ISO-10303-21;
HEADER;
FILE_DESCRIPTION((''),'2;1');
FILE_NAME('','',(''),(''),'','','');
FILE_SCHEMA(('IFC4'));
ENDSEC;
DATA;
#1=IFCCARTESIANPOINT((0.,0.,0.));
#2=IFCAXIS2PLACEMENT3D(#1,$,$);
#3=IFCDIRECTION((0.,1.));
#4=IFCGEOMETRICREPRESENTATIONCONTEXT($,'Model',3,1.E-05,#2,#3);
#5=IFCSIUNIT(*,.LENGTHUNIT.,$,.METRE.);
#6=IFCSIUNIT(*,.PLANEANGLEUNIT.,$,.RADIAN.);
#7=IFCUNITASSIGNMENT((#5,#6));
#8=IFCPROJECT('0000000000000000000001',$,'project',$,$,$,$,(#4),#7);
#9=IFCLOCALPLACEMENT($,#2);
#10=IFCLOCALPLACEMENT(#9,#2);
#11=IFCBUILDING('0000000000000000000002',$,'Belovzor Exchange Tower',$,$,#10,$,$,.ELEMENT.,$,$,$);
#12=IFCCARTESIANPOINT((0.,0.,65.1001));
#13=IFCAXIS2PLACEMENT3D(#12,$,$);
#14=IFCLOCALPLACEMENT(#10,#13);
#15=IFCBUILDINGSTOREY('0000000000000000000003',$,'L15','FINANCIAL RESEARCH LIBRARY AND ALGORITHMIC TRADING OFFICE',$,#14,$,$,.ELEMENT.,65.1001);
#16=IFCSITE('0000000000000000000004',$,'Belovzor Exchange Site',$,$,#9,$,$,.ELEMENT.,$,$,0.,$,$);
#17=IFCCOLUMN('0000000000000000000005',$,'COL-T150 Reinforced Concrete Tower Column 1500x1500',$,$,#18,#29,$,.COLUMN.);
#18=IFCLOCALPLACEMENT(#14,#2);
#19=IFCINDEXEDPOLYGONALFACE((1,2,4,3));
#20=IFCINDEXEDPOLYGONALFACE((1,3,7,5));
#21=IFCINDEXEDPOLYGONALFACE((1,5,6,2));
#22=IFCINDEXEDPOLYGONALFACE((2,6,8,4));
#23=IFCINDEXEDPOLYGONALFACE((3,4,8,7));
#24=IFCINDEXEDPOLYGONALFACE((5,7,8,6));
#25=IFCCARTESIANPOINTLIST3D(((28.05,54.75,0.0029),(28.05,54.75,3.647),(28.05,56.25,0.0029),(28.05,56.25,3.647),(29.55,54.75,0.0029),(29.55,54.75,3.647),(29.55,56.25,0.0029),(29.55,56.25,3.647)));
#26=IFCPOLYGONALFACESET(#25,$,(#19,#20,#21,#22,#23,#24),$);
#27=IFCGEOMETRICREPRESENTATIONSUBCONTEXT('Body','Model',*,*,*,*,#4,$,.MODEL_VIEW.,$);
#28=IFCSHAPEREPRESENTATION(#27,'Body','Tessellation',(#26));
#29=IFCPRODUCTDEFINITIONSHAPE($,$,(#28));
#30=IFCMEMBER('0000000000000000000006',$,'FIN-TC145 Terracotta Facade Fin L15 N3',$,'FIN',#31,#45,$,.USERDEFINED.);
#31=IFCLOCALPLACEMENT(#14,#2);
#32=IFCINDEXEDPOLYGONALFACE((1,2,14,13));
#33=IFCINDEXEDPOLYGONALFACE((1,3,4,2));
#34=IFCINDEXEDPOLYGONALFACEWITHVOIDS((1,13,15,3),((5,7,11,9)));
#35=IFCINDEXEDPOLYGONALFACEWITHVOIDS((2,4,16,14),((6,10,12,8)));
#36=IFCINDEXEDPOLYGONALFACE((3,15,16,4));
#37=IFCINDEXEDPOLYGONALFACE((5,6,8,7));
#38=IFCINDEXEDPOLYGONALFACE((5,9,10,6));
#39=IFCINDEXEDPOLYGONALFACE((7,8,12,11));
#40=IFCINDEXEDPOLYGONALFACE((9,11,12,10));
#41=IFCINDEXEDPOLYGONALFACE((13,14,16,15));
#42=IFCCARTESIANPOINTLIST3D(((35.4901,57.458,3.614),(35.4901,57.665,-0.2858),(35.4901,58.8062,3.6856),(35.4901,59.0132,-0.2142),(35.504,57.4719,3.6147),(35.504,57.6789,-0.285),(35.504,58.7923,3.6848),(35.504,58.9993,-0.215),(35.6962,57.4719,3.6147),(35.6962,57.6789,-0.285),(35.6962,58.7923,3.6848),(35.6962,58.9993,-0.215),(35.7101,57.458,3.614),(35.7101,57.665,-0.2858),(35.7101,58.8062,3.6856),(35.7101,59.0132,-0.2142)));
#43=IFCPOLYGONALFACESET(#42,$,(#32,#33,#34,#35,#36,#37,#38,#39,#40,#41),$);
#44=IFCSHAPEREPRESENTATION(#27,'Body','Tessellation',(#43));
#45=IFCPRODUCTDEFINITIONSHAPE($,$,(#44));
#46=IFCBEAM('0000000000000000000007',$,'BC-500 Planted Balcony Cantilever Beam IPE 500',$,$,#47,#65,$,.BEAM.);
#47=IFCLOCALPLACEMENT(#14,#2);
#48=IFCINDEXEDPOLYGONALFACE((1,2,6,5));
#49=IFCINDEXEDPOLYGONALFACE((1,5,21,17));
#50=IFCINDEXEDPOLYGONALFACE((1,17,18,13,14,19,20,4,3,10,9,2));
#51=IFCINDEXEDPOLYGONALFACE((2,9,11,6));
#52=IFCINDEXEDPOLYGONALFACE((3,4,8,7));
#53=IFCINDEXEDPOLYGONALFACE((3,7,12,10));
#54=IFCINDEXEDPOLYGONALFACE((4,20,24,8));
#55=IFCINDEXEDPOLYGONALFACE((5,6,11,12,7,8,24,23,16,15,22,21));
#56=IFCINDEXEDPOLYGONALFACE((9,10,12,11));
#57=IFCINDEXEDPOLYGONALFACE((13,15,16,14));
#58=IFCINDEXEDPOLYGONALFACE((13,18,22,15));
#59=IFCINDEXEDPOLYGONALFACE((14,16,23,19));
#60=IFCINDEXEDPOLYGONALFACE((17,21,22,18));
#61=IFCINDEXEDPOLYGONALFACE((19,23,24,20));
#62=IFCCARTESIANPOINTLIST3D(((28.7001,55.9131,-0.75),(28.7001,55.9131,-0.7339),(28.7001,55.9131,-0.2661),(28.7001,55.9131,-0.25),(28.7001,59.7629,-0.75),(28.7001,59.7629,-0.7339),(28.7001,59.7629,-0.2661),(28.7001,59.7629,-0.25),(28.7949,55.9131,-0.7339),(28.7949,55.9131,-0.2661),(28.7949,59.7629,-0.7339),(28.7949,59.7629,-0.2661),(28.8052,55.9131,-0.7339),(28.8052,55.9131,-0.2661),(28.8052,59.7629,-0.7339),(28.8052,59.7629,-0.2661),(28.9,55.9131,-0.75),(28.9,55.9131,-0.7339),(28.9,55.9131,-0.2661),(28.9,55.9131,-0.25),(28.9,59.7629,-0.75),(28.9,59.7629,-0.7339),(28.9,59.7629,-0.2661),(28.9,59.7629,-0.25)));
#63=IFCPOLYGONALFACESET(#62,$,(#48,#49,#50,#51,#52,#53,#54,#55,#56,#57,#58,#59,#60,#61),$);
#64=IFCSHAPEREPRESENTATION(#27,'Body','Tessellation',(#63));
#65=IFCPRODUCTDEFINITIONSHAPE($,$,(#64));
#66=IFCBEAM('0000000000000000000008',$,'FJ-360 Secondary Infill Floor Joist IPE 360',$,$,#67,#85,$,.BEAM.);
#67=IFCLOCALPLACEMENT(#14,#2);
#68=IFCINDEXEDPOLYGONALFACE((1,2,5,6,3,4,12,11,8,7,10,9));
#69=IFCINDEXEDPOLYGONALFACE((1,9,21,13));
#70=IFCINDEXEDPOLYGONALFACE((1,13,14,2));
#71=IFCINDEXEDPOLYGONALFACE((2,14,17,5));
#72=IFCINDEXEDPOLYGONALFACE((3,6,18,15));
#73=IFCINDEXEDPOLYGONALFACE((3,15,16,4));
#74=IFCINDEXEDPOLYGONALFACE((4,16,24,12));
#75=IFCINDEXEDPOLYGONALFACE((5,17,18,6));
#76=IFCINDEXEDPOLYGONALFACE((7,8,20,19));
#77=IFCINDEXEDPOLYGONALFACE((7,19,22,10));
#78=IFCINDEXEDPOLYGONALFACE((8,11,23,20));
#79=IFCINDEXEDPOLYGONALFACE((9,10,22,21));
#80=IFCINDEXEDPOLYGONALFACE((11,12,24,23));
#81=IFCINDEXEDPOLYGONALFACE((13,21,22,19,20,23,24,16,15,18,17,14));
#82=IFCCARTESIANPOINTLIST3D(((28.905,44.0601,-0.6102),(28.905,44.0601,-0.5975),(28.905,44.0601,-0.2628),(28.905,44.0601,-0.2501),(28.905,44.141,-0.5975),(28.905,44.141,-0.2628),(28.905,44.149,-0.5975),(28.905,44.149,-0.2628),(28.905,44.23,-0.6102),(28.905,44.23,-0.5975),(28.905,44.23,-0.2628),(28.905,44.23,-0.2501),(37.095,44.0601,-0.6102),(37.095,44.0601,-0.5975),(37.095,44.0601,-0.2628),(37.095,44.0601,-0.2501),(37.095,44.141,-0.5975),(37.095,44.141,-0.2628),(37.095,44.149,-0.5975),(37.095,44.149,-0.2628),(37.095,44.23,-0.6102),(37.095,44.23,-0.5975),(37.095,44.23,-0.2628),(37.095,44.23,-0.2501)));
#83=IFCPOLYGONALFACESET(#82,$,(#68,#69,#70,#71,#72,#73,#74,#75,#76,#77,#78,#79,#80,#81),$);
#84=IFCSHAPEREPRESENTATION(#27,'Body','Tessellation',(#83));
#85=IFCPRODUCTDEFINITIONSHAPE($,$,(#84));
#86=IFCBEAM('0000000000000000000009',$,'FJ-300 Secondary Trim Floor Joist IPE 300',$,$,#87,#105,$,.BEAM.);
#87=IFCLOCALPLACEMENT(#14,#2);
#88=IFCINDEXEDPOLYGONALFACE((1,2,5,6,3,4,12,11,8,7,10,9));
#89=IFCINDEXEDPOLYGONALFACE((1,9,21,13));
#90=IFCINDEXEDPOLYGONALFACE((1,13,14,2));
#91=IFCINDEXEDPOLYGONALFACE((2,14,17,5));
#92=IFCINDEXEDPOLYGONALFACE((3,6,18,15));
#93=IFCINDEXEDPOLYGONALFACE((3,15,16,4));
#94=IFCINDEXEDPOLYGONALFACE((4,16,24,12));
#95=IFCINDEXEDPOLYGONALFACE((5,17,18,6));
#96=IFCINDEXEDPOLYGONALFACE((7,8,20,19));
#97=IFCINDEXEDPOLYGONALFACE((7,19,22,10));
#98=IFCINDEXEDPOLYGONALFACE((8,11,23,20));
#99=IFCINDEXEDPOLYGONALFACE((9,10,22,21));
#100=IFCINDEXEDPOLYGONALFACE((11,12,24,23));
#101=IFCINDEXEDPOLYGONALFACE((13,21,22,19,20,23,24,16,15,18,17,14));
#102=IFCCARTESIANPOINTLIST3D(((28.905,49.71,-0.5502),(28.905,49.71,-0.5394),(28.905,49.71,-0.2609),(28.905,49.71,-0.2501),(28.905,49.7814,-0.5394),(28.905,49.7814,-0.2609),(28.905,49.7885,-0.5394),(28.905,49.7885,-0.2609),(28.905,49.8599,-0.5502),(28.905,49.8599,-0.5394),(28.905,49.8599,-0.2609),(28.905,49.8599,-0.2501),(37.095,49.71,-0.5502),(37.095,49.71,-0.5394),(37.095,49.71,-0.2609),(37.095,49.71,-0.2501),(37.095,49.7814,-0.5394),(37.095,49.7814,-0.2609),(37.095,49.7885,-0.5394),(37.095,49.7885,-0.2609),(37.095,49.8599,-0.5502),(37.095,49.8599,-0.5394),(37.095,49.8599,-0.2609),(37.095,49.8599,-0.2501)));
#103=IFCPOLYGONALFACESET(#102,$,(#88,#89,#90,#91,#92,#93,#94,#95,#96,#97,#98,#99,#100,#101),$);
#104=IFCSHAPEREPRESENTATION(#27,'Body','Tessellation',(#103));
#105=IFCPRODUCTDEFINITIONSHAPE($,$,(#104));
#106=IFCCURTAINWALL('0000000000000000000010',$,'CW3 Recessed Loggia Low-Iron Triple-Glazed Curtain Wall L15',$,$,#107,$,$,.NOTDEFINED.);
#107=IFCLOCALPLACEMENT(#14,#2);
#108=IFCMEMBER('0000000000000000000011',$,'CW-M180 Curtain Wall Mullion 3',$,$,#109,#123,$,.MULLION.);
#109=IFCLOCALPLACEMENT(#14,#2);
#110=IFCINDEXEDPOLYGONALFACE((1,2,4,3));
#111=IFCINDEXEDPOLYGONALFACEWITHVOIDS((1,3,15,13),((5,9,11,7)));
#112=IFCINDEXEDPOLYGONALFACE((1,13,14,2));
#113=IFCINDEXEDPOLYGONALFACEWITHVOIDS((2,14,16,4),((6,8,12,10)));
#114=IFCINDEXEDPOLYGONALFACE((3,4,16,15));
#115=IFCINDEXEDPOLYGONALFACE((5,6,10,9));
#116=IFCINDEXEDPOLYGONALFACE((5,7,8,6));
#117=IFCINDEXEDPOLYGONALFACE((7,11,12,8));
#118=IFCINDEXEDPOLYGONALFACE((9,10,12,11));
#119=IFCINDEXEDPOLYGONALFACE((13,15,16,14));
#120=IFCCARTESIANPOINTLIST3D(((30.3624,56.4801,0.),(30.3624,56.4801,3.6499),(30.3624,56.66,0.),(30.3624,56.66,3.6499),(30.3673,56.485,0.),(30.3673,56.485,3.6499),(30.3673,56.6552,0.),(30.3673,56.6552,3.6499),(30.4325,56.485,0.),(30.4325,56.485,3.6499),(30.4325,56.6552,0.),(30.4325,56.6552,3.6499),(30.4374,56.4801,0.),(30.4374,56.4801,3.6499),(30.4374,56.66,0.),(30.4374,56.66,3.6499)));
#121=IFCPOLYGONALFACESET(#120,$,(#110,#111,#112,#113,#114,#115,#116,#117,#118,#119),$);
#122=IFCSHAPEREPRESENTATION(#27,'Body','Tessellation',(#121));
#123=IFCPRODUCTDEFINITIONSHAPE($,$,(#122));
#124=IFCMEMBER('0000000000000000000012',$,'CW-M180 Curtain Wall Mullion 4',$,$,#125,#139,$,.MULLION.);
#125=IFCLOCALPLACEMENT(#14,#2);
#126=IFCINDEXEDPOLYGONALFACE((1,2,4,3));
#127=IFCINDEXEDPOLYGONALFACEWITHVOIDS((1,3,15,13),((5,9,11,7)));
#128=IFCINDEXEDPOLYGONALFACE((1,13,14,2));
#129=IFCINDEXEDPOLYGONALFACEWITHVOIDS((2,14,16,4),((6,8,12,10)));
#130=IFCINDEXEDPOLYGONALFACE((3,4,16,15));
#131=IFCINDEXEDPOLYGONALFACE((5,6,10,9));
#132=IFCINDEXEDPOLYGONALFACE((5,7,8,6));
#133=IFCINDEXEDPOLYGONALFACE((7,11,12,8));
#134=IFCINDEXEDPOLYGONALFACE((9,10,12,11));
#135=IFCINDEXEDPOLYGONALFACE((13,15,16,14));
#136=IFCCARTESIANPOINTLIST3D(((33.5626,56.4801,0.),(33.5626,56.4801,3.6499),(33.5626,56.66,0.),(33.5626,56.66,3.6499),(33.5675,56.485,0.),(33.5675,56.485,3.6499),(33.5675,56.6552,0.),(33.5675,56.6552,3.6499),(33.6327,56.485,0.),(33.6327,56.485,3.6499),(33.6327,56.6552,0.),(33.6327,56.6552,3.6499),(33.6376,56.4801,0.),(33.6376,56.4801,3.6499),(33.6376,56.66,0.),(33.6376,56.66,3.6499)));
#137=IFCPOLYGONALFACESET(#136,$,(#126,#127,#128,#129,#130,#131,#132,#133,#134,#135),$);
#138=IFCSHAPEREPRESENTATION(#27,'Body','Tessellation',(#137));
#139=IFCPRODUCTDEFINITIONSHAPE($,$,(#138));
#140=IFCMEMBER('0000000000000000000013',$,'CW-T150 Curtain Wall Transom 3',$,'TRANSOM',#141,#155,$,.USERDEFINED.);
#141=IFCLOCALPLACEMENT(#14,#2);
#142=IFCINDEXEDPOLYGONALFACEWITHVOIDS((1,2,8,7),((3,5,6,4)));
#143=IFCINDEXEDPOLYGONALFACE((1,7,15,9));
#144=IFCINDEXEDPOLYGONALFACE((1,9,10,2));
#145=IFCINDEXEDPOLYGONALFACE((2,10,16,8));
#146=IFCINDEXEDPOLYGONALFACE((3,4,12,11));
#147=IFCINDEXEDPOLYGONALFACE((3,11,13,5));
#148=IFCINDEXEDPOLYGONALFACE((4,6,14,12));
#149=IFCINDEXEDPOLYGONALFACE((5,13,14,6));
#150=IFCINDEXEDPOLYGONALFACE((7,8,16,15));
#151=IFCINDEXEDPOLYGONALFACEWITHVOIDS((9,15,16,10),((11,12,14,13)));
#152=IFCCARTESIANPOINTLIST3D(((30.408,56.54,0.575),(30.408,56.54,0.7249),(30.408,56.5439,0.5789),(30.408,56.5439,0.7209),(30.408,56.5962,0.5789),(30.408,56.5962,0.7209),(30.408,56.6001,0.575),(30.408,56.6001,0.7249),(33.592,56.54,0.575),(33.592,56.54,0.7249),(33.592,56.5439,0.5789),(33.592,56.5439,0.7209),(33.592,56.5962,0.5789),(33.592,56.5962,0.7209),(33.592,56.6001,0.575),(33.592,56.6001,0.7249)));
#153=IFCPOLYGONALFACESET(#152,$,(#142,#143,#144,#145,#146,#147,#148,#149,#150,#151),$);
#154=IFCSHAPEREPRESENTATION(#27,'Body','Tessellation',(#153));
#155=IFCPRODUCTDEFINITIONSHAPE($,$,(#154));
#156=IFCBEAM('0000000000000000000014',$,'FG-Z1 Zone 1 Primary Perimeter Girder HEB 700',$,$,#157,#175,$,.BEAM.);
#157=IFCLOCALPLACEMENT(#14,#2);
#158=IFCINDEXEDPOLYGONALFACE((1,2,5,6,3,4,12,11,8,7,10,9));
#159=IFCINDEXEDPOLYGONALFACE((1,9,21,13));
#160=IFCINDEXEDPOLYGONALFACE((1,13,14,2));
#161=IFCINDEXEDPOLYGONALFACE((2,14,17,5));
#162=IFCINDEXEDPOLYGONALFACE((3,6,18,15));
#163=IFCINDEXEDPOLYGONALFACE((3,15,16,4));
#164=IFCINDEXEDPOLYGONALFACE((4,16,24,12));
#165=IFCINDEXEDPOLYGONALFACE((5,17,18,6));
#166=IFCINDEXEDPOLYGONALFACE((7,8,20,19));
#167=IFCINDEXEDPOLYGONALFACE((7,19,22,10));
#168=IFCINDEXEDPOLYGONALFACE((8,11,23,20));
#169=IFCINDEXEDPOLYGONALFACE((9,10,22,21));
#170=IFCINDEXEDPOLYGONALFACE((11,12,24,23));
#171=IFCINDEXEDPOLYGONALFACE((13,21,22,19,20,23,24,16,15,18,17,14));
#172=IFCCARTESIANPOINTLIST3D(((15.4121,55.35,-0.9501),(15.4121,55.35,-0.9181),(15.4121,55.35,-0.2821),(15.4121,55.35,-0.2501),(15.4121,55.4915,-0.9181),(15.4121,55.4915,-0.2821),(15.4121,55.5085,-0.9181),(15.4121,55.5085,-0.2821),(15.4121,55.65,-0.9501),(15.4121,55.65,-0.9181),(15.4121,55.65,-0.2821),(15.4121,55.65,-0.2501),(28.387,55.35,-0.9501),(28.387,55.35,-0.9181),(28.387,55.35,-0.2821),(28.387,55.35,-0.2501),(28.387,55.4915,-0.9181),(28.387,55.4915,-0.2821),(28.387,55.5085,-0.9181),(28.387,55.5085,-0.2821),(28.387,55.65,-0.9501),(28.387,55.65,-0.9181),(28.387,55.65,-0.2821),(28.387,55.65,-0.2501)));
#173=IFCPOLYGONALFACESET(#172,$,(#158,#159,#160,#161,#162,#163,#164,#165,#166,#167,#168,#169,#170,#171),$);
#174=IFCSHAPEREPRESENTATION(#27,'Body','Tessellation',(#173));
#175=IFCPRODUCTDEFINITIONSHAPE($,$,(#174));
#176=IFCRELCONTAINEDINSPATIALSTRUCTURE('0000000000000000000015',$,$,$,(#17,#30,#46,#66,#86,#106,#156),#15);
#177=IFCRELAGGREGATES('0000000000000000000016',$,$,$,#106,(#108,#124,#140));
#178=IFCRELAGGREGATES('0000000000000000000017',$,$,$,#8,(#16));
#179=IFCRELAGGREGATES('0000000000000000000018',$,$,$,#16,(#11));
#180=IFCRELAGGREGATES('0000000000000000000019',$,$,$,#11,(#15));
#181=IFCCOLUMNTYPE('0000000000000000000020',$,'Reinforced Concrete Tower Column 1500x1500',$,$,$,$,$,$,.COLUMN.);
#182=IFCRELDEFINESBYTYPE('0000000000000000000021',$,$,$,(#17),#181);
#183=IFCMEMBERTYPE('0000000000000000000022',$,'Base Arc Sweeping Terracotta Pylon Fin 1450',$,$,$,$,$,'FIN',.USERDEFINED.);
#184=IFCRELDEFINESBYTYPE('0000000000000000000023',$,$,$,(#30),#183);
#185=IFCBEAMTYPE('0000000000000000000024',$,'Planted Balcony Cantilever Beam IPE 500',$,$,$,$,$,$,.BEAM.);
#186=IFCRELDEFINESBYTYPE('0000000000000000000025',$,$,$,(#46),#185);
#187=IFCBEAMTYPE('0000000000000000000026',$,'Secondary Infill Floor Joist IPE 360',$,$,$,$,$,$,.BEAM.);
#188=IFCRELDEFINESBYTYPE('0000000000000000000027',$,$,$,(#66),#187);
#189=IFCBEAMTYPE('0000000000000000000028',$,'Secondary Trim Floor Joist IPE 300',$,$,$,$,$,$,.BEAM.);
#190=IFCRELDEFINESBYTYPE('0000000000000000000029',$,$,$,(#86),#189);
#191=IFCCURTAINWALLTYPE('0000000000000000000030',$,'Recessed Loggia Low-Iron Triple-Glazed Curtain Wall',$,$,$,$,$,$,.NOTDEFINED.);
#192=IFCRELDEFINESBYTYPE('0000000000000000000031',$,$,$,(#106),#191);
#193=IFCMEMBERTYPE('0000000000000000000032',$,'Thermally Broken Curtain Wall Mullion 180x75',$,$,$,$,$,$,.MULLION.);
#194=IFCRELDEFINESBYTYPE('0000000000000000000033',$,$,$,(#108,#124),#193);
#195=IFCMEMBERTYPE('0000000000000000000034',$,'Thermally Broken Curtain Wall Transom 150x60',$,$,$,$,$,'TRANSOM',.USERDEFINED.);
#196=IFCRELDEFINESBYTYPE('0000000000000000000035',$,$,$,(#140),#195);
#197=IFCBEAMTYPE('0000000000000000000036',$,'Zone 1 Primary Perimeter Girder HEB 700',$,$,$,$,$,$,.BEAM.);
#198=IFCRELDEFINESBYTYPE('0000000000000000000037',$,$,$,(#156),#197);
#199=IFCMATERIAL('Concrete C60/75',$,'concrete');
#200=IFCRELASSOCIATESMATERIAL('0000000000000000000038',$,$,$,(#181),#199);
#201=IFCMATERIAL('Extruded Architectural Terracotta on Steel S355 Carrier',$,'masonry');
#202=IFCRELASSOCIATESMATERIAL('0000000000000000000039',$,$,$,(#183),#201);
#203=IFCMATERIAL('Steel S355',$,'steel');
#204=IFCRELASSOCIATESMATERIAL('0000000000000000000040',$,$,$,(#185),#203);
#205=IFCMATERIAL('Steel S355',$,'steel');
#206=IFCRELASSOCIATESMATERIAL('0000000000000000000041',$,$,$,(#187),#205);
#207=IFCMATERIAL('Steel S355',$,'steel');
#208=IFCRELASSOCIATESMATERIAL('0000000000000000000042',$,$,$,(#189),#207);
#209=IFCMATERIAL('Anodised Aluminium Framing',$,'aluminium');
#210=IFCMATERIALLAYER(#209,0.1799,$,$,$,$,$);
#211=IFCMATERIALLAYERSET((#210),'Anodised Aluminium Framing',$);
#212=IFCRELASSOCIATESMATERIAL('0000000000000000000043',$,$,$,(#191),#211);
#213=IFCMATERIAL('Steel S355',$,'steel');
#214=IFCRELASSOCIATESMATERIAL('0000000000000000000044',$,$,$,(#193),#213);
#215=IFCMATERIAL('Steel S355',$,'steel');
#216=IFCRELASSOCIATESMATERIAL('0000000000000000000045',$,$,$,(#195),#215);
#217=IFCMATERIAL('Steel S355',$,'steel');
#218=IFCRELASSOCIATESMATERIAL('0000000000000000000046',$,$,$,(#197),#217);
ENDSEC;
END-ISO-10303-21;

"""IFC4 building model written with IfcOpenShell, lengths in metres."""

from ifc_helpers import new_model, si_unit, direction, frame, origin, origin_2d, place, context, subcontext, project, spatial, rectangle, hollow_rectangle, i_section, extrude, material, layer, layer_set, material_profile, profile_set, type_object, element, aggregate, save


model = new_model("IFC4")

# Units and contexts
model_context = context("Model", 3, precision=1e-05, world=origin(), true_north=direction((0.0, 1.0)))
body_context = subcontext(model_context, "Body", "Model", "MODEL_VIEW")
ifc_project = project(units=[si_unit("LENGTHUNIT", "METRE"), si_unit("PLANEANGLEUNIT", "RADIAN")], contexts=[model_context])

# Site, building, storey
site_placement = place(None, origin())
site = spatial("IfcSite", under=ifc_project, at=site_placement, Name="Belovzor Exchange Site", CompositionType="ELEMENT", RefElevation=0.0)
building_placement = place(site_placement, origin())
building = spatial("IfcBuilding", under=site, at=building_placement, Name="Belovzor Exchange Tower", CompositionType="ELEMENT")
storey_placement = place(building_placement, frame((0.0, 0.0, 65.1001)))
storey = spatial("IfcBuildingStorey", under=building, at=storey_placement, Name="L15", Description="FINANCIAL RESEARCH LIBRARY AND ALGORITHMIC TRADING OFFICE", CompositionType="ELEMENT", Elevation=65.1001)

# Column
ifc_material_1 = material(Name="Concrete C60/75", Category="concrete")
ifc_material_profile_1 = material_profile(ifc_material_1, rectangle(XDim=1.5, YDim=1.5, at=origin_2d()))
ifc_profile_set_1 = profile_set([ifc_material_profile_1], Name="Concrete C60/75")
column_type = type_object("IfcColumnType", Name="Reinforced Concrete Tower Column 1500x1500", PredefinedType="COLUMN", material=ifc_profile_set_1)
column_placement = place(storey_placement, frame((28.8, 55.5, 0.0029), z_axis=(0.0, 0.0, 1.0), x_axis=(1.0, 0.0, 0.0)))
element("IfcColumn", 1, at=column_placement, inside=storey, type_object=column_type, Name="COL-T150 Reinforced Concrete Tower Column 1500x1500", PredefinedType="COLUMN", context=body_context, shape_type="SweptSolid", body=[
    extrude(rectangle(XDim=1.5, YDim=1.5, at=origin_2d()), origin(), (0.0, 0.0, 1.0), 3.644),
])

# Member
ifc_material_2 = material(Name="Extruded Architectural Terracotta on Steel S355 Carrier", Category="masonry")
ifc_material_profile_2 = material_profile(ifc_material_2, hollow_rectangle(XDim=0.22, YDim=1.3501, WallThickness=0.0139, at=origin_2d()))
ifc_profile_set_2 = profile_set([ifc_material_profile_2], Name="Extruded Architectural Terracotta on Steel S355 Carrier")
member_type_1 = type_object("IfcMemberType", Name="Base Arc Sweeping Terracotta Pylon Fin 1450", ElementType="FIN", PredefinedType="USERDEFINED", material=ifc_profile_set_2)
member_1_placement = place(storey_placement, frame((35.6001, 58.3391, -0.25), z_axis=(0.0, -0.053012, 0.998594), x_axis=(1.0, 0.0, 0.0)))
element("IfcMember", 2, at=member_1_placement, inside=storey, type_object=member_type_1, Name="FIN-TC145 Terracotta Facade Fin L15 N3", ObjectType="FIN", PredefinedType="USERDEFINED", context=body_context, shape_type="SweptSolid", body=[
    extrude(hollow_rectangle(XDim=0.22, YDim=1.3501, WallThickness=0.0139, at=origin_2d()), origin(), (0.0, 0.0, 1.0), 3.9053),
])

# Beams
ifc_material_3 = material(Name="Steel S355", Category="steel")
ifc_material_profile_3 = material_profile(ifc_material_3, i_section(OverallWidth=0.2, OverallDepth=0.5, WebThickness=0.0103, FlangeThickness=0.0161, at=origin_2d()))
ifc_profile_set_3 = profile_set([ifc_material_profile_3], Name="Steel S355")
beam_type_1 = type_object("IfcBeamType", Name="Planted Balcony Cantilever Beam IPE 500", PredefinedType="BEAM", material=ifc_profile_set_3)
beam_1_placement = place(storey_placement, frame((28.8, 55.9131, -0.5), z_axis=(0.0, 1.0, 0.0), x_axis=(-1.0, 0.0, 0.0)))
element("IfcBeam", 3, at=beam_1_placement, inside=storey, type_object=beam_type_1, Name="BC-500 Planted Balcony Cantilever Beam IPE 500", PredefinedType="BEAM", context=body_context, shape_type="SweptSolid", body=[
    extrude(i_section(OverallWidth=0.2, OverallDepth=0.5, WebThickness=0.0103, FlangeThickness=0.0161, at=origin_2d()), origin(), (0.0, 0.0, 1.0), 3.8499),
])
ifc_material_4 = material(Name="Steel S355", Category="steel")
ifc_material_profile_4 = material_profile(ifc_material_4, i_section(OverallWidth=0.1699, OverallDepth=0.3601, WebThickness=0.0081, FlangeThickness=0.0127, at=origin_2d()))
ifc_profile_set_4 = profile_set([ifc_material_profile_4], Name="Steel S355")
beam_type_2 = type_object("IfcBeamType", Name="Secondary Infill Floor Joist IPE 360", PredefinedType="BEAM", material=ifc_profile_set_4)
beam_2_placement = place(storey_placement, frame((28.905, 44.145, -0.4302), z_axis=(1.0, 0.0, 0.0), x_axis=(0.0, 1.0, 0.0)))
element("IfcBeam", 4, at=beam_2_placement, inside=storey, type_object=beam_type_2, Name="FJ-360 Secondary Infill Floor Joist IPE 360", PredefinedType="BEAM", context=body_context, shape_type="SweptSolid", body=[
    extrude(i_section(OverallWidth=0.1699, OverallDepth=0.3601, WebThickness=0.0081, FlangeThickness=0.0127, at=origin_2d()), origin(), (0.0, 0.0, 1.0), 8.1899),
])
ifc_material_5 = material(Name="Steel S355", Category="steel")
ifc_material_profile_5 = material_profile(ifc_material_5, i_section(OverallWidth=0.1499, OverallDepth=0.3, WebThickness=0.0071, FlangeThickness=0.0107, at=origin_2d()))
ifc_profile_set_5 = profile_set([ifc_material_profile_5], Name="Steel S355")
beam_type_3 = type_object("IfcBeamType", Name="Secondary Trim Floor Joist IPE 300", PredefinedType="BEAM", material=ifc_profile_set_5)
beam_3_placement = place(storey_placement, frame((28.905, 49.7849, -0.4001), z_axis=(1.0, 0.0, 0.0), x_axis=(0.0, 1.0, 0.0)))
element("IfcBeam", 5, at=beam_3_placement, inside=storey, type_object=beam_type_3, Name="FJ-300 Secondary Trim Floor Joist IPE 300", PredefinedType="BEAM", context=body_context, shape_type="SweptSolid", body=[
    extrude(i_section(OverallWidth=0.1499, OverallDepth=0.3, WebThickness=0.0071, FlangeThickness=0.0107, at=origin_2d()), origin(), (0.0, 0.0, 1.0), 8.1899),
])

# Curtain wall, members
ifc_material_6 = material(Name="Anodised Aluminium Framing", Category="aluminium")
ifc_layer_1 = layer(ifc_material_6, 0.1799)
ifc_layer_set_1 = layer_set([ifc_layer_1], Name="Anodised Aluminium Framing")
curtain_wall_type = type_object("IfcCurtainWallType", Name="Recessed Loggia Low-Iron Triple-Glazed Curtain Wall", PredefinedType="NOTDEFINED", material=ifc_layer_set_1)
curtain_wall_placement = place(storey_placement, origin())
curtain_wall = element("IfcCurtainWall", 6, at=curtain_wall_placement, inside=storey, type_object=curtain_wall_type, Name="CW3 Recessed Loggia Low-Iron Triple-Glazed Curtain Wall L15", PredefinedType="NOTDEFINED")
ifc_material_7 = material(Name="Steel S355", Category="steel")
ifc_material_profile_6 = material_profile(ifc_material_7, hollow_rectangle(XDim=0.075, YDim=0.1799, WallThickness=0.0049, at=origin_2d()))
ifc_profile_set_6 = profile_set([ifc_material_profile_6], Name="Steel S355")
member_type_2 = type_object("IfcMemberType", Name="Thermally Broken Curtain Wall Mullion 180x75", PredefinedType="MULLION", material=ifc_profile_set_6)
member_2_placement = place(storey_placement, frame((30.3999, 56.5701, 0.0), z_axis=(0.0, 0.0, 1.0), x_axis=(1.0, 0.0, 0.0)))
member_2 = element("IfcMember", 7, at=member_2_placement, type_object=member_type_2, Name="CW-M180 Curtain Wall Mullion 3", PredefinedType="MULLION", context=body_context, shape_type="SweptSolid", body=[
    extrude(hollow_rectangle(XDim=0.075, YDim=0.1799, WallThickness=0.0049, at=origin_2d()), origin(), (0.0, 0.0, 1.0), 3.6499),
])
member_3_placement = place(storey_placement, frame((33.6001, 56.5701, 0.0), z_axis=(0.0, 0.0, 1.0), x_axis=(1.0, 0.0, 0.0)))
member_3 = element("IfcMember", 8, at=member_3_placement, type_object=member_type_2, Name="CW-M180 Curtain Wall Mullion 4", PredefinedType="MULLION", context=body_context, shape_type="SweptSolid", body=[
    extrude(hollow_rectangle(XDim=0.075, YDim=0.1799, WallThickness=0.0049, at=origin_2d()), origin(), (0.0, 0.0, 1.0), 3.6499),
])
ifc_material_8 = material(Name="Steel S355", Category="steel")
ifc_material_profile_7 = material_profile(ifc_material_8, hollow_rectangle(XDim=0.0601, YDim=0.1499, WallThickness=0.0039, at=origin_2d()))
ifc_profile_set_7 = profile_set([ifc_material_profile_7], Name="Steel S355")
member_type_3 = type_object("IfcMemberType", Name="Thermally Broken Curtain Wall Transom 150x60", ElementType="TRANSOM", PredefinedType="USERDEFINED", material=ifc_profile_set_7)
member_4_placement = place(storey_placement, frame((30.408, 56.5701, 0.6499), z_axis=(1.0, 0.0, 0.0), x_axis=(0.0, 1.0, 0.0)))
member_4 = element("IfcMember", 9, at=member_4_placement, type_object=member_type_3, Name="CW-T150 Curtain Wall Transom 3", ObjectType="TRANSOM", PredefinedType="USERDEFINED", context=body_context, shape_type="SweptSolid", body=[
    extrude(hollow_rectangle(XDim=0.0601, YDim=0.1499, WallThickness=0.0039, at=origin_2d()), origin(), (0.0, 0.0, 1.0), 3.1841),
])

# Beam
ifc_material_9 = material(Name="Steel S355", Category="steel")
ifc_material_profile_8 = material_profile(ifc_material_9, i_section(OverallWidth=0.3, OverallDepth=0.7, WebThickness=0.0171, FlangeThickness=0.032, at=origin_2d()))
ifc_profile_set_8 = profile_set([ifc_material_profile_8], Name="Steel S355")
beam_type_4 = type_object("IfcBeamType", Name="Zone 1 Primary Perimeter Girder HEB 700", PredefinedType="BEAM", material=ifc_profile_set_8)
beam_4_placement = place(storey_placement, frame((28.387, 55.5, -0.6001), z_axis=(-1.0, 0.0, 0.0), x_axis=(0.0, -1.0, 0.0)))
element("IfcBeam", 10, at=beam_4_placement, inside=storey, type_object=beam_type_4, Name="FG-Z1 Zone 1 Primary Perimeter Girder HEB 700", PredefinedType="BEAM", context=body_context, shape_type="SweptSolid", body=[
    extrude(i_section(OverallWidth=0.3, OverallDepth=0.7, WebThickness=0.0171, FlangeThickness=0.032, at=origin_2d()), origin(), (0.0, 0.0, 1.0), 12.9749),
])

aggregate(curtain_wall, [member_2, member_3, member_4])

save(model, "model.ifc")
